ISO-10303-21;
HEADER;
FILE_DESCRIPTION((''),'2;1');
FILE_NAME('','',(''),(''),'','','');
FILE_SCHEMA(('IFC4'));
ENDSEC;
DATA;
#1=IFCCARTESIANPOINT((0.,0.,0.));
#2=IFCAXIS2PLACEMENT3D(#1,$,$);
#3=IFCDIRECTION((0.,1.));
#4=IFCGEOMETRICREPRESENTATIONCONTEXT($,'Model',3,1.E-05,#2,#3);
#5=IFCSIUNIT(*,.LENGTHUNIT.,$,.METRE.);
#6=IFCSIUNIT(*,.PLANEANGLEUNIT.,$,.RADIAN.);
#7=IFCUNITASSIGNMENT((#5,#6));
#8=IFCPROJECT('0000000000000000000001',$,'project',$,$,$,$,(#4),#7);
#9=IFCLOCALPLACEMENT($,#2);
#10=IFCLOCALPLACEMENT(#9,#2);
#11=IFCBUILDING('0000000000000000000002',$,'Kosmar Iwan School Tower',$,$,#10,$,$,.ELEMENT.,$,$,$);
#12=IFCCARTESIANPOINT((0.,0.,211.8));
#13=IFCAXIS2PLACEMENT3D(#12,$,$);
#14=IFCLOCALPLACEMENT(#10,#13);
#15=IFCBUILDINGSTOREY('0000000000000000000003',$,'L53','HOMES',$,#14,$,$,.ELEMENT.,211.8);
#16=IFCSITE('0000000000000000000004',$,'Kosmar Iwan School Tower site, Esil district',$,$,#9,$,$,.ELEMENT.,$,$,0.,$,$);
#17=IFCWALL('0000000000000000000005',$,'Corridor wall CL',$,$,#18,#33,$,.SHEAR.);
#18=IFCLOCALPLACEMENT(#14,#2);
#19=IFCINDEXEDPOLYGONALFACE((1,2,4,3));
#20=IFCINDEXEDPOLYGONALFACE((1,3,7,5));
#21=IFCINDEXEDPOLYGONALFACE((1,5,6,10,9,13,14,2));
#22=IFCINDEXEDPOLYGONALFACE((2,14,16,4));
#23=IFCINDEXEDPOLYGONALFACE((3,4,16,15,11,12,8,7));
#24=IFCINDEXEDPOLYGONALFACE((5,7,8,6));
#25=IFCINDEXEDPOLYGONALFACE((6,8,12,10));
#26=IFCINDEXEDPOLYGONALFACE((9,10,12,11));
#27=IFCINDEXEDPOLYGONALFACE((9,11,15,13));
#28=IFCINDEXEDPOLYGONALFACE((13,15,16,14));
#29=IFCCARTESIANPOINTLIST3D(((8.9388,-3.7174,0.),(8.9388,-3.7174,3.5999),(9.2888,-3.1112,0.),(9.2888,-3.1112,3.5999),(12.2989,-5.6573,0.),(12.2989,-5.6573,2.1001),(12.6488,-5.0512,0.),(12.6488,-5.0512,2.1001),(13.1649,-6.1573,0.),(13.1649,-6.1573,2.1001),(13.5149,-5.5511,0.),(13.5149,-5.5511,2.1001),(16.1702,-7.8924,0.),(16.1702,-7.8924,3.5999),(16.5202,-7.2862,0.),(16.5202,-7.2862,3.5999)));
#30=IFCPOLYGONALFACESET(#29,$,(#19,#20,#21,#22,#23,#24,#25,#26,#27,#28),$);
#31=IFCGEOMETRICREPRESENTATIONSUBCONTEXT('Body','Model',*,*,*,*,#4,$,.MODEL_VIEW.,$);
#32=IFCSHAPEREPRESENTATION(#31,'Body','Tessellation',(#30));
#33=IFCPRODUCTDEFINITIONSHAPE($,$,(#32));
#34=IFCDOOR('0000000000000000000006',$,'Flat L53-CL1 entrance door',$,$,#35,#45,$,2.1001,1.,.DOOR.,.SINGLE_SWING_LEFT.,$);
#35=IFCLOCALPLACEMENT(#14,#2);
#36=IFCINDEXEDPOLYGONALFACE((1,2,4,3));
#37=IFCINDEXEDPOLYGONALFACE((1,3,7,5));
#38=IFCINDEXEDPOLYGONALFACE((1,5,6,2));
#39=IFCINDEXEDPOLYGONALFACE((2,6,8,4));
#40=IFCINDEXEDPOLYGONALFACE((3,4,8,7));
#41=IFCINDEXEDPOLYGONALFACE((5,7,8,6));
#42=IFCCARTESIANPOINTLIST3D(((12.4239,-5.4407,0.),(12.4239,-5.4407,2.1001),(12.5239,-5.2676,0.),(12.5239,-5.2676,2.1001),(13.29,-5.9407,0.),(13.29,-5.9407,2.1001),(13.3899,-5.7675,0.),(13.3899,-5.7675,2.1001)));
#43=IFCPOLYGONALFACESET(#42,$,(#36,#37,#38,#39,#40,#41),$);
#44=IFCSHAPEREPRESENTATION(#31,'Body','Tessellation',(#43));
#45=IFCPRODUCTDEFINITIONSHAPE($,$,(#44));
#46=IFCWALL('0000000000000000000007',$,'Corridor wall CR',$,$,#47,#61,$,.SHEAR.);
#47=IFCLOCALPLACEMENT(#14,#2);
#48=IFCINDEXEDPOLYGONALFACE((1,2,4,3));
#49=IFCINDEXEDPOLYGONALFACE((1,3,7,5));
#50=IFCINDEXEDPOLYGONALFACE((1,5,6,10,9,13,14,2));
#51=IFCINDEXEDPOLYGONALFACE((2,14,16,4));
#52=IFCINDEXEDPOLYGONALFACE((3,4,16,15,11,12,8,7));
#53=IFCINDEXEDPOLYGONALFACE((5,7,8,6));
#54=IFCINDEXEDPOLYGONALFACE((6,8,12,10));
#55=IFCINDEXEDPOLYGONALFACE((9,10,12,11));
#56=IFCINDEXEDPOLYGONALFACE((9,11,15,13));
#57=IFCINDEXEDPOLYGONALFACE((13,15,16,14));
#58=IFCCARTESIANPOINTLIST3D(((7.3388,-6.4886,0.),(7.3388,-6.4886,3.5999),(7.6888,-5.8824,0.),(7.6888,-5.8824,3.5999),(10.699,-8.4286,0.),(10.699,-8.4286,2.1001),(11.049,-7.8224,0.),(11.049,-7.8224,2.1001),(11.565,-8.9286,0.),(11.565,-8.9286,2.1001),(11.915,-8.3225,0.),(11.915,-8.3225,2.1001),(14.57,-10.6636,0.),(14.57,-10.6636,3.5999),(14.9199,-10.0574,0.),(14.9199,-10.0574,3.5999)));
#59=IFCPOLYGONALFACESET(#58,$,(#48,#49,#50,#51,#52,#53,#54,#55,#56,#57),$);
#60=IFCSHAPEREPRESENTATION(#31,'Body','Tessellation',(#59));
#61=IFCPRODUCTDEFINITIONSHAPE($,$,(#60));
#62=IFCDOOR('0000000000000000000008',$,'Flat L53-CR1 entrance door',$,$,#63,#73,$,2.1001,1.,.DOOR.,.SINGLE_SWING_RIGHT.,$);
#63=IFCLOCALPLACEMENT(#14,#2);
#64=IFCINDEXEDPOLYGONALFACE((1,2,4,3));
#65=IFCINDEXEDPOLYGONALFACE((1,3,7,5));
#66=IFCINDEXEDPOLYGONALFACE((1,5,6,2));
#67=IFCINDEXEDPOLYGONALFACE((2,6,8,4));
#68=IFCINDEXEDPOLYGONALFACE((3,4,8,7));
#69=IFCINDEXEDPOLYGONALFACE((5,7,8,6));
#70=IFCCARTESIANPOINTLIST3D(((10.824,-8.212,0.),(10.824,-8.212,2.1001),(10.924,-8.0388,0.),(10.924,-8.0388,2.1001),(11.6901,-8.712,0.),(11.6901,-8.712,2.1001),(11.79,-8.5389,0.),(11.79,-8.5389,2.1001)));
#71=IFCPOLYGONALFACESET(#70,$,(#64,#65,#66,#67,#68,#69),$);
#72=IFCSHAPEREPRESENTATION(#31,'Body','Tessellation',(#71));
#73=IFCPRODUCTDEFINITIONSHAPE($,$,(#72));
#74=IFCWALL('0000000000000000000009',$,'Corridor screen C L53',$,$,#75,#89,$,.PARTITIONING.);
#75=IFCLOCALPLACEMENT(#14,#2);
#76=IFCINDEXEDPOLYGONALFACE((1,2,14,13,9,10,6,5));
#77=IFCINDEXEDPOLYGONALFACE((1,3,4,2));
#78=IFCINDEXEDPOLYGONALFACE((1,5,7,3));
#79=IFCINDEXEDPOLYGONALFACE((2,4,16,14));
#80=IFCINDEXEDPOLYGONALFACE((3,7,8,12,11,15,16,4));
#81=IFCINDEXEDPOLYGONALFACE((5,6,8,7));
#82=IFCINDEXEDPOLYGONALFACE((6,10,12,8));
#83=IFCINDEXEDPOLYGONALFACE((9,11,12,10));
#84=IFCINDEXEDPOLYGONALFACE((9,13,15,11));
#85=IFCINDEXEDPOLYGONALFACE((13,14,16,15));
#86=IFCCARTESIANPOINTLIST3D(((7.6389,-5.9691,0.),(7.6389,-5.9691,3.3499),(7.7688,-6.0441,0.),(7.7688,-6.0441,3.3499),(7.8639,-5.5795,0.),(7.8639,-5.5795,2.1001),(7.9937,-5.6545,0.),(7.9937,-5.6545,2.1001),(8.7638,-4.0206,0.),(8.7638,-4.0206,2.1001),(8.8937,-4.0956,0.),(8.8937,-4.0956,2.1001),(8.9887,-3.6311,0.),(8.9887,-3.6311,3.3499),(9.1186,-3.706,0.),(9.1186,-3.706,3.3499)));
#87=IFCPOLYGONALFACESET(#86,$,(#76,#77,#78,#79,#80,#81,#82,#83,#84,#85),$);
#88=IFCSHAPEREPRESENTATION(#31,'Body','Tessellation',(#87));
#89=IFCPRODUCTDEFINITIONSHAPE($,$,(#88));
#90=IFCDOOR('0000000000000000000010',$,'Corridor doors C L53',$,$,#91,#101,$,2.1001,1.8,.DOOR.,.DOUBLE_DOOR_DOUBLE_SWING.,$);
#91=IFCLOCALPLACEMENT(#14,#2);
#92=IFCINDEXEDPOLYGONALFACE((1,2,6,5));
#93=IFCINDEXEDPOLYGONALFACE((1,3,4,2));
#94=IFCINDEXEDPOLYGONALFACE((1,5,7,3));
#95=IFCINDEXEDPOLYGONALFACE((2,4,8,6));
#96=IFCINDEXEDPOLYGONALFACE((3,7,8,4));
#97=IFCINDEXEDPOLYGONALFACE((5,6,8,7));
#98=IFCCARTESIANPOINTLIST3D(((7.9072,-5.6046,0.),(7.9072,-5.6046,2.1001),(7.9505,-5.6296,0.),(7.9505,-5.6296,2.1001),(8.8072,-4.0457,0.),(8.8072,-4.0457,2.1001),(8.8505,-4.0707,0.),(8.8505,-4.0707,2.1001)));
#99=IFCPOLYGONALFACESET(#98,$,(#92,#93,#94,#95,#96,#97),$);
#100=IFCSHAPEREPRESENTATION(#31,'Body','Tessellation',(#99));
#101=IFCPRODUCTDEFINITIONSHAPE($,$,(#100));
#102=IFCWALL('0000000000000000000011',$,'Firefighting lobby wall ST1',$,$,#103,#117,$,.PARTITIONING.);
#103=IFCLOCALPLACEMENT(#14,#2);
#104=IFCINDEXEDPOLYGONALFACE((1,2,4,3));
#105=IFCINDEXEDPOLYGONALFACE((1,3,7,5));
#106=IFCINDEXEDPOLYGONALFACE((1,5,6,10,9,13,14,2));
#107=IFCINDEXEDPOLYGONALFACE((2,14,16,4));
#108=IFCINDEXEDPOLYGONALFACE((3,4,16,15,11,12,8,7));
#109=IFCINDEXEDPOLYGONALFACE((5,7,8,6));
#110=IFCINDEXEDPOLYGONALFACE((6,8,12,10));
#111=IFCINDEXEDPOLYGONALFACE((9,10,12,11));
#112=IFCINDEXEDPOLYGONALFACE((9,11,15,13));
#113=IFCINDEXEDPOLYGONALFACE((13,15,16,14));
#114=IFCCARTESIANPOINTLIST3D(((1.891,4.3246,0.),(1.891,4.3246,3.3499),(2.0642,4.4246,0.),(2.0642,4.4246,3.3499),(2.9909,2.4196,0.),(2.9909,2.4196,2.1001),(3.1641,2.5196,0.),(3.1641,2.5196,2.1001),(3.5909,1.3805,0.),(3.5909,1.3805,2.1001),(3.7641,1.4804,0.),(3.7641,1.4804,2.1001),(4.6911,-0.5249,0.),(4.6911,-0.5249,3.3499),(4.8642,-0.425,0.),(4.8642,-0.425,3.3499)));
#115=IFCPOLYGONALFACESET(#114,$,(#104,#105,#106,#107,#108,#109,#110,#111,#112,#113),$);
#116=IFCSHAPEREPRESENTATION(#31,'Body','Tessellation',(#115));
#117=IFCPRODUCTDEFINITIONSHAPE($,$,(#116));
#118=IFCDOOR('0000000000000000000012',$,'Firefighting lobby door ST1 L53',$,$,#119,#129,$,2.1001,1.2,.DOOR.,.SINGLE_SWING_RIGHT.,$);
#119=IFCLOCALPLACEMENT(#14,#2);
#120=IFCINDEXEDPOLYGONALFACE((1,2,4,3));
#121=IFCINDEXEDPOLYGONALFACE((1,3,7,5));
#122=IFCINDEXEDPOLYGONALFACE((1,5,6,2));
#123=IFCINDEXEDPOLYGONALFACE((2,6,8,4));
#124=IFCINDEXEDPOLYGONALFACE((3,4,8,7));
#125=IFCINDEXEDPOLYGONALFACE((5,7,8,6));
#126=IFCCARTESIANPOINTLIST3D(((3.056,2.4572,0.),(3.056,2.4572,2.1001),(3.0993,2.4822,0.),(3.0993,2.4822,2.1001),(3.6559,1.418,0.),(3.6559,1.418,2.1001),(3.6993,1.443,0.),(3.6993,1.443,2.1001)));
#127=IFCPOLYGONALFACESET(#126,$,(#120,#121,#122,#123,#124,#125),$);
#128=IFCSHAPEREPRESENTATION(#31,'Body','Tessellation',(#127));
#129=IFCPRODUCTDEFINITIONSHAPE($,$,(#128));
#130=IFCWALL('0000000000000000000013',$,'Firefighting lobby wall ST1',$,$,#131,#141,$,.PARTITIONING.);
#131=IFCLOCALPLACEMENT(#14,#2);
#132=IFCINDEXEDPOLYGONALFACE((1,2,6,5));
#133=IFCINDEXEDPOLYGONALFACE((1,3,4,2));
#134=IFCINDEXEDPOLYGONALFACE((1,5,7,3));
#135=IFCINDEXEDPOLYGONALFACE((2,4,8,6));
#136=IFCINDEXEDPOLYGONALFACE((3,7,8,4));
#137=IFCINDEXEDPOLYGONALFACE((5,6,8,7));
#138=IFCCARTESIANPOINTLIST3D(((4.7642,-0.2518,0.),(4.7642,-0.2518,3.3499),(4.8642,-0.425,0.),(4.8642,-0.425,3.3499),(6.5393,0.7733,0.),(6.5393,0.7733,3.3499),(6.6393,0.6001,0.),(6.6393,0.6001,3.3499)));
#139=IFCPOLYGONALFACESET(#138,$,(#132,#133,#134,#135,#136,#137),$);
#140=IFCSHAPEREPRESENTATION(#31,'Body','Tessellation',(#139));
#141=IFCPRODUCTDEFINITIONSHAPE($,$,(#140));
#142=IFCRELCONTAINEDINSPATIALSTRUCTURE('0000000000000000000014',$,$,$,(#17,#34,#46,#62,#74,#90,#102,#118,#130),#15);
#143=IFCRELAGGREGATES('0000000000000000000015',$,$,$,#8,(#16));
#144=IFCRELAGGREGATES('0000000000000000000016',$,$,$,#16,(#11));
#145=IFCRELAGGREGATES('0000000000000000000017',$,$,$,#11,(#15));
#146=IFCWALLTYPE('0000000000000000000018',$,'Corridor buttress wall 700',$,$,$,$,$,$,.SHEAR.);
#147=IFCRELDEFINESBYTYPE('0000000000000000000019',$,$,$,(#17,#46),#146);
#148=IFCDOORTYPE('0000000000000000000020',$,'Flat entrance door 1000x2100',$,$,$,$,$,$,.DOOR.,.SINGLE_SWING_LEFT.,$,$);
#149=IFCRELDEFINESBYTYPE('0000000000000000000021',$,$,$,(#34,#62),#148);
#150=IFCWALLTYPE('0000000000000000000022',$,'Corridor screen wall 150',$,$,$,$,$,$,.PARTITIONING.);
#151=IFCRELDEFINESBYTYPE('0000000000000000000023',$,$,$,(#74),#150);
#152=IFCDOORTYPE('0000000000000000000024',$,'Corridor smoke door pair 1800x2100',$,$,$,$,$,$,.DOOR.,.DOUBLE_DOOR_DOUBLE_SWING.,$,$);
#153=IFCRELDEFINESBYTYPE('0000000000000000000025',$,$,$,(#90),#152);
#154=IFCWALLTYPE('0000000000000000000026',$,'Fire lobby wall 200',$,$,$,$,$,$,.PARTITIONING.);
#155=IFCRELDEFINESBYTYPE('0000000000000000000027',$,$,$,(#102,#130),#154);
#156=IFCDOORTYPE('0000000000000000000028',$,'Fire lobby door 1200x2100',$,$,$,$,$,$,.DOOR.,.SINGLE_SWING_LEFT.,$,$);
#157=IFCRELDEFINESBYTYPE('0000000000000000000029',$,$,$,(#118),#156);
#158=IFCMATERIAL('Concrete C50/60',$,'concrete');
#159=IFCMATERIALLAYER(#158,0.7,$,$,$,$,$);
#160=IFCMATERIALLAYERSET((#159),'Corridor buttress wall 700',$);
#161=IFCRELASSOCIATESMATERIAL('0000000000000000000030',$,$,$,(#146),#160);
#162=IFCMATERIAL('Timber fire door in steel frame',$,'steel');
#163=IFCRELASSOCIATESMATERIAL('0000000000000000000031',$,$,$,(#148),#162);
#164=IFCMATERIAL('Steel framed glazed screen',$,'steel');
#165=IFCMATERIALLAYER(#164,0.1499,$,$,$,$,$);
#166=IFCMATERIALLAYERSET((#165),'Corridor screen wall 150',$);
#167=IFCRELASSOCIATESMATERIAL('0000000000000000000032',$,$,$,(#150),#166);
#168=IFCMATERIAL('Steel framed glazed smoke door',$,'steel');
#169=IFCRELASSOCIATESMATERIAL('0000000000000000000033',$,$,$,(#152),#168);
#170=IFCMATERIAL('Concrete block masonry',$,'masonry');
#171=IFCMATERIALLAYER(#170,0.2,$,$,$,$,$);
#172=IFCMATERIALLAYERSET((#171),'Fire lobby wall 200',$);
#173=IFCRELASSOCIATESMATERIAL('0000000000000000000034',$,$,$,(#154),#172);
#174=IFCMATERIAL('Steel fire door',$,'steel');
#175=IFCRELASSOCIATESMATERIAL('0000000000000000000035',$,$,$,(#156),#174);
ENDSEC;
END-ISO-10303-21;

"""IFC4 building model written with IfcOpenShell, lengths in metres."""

from ifc_helpers import new_model, si_unit, direction, frame, frame_2d, origin, place, context, subcontext, project, spatial, rectangle, extrude, material, layer, layer_set, type_object, element, fill, save


model = new_model("IFC4")

# Units and contexts
model_context = context("Model", 3, precision=1e-05, world=origin(), true_north=direction((0.0, 1.0)))
body_context = subcontext(model_context, "Body", "Model", "MODEL_VIEW")
ifc_project = project(units=[si_unit("LENGTHUNIT", "METRE"), si_unit("PLANEANGLEUNIT", "RADIAN")], contexts=[model_context])

# Site, building, storey
site_placement = place(None, origin())
site = spatial("IfcSite", under=ifc_project, at=site_placement, Name="Kosmar Iwan School Tower site, Esil district", CompositionType="ELEMENT", RefElevation=0.0)
building_placement = place(site_placement, origin())
building = spatial("IfcBuilding", under=site, at=building_placement, Name="Kosmar Iwan School Tower", CompositionType="ELEMENT")
storey_placement = place(building_placement, frame((0.0, 0.0, 211.8)))
storey = spatial("IfcBuildingStorey", under=building, at=storey_placement, Name="L53", Description="HOMES", CompositionType="ELEMENT", Elevation=211.8)

# Walls, openings, doors
ifc_material_1 = material(Name="Concrete C50/60", Category="concrete")
ifc_layer_1 = layer(ifc_material_1, 0.7)
ifc_layer_set_1 = layer_set([ifc_layer_1], Name="Corridor buttress wall 700")
wall_type_1 = type_object("IfcWallType", Name="Corridor buttress wall 700", PredefinedType="SHEAR", material=ifc_layer_set_1)
wall_1_placement = place(storey_placement, frame((9.1138, -3.4143, 0.0), z_axis=(0.0, 0.0, 1.0), x_axis=(0.866027, -0.499997, 0.0)))
wall_1 = element("IfcWall", 1, at=wall_1_placement, inside=storey, type_object=wall_type_1, Name="Corridor wall CL", PredefinedType="SHEAR", context=body_context, shape_type="SweptSolid", body=[
    extrude(rectangle(XDim=8.3501, YDim=0.7, at=frame_2d((4.175, 0.0))), origin(), (0.0, 0.0, 1.0), 3.5999),
])
opening_1_placement = place(wall_1_placement, frame((3.8799, 0.0, 0.0)))
opening_1 = element("IfcOpeningElement", 2, at=opening_1_placement, cuts=wall_1, PredefinedType="OPENING", context=body_context, shape_type="SweptSolid", body=[
    extrude(rectangle(XDim=1.0, YDim=2.1001, at=frame_2d((0.5, 1.05))), frame((0.0, 0.3621, 0.0), z_axis=(0.0, -1.0, 0.0), x_axis=(1.0, 0.0, 0.0)), (0.0, 0.0, 1.0), 0.7239),
])
ifc_material_2 = material(Name="Timber fire door in steel frame", Category="steel")
door_type_1 = type_object("IfcDoorType", Name="Flat entrance door 1000x2100", OperationType="SINGLE_SWING_LEFT", PredefinedType="DOOR", material=ifc_material_2)
door_1_placement = place(opening_1_placement, origin())
door_1 = element("IfcDoor", 3, at=door_1_placement, inside=storey, type_object=door_type_1, Name="Flat L53-CL1 entrance door", OperationType="SINGLE_SWING_LEFT", OverallHeight=2.1001, OverallWidth=1.0, PredefinedType="DOOR", context=body_context, shape_type="SweptSolid", body=[
    extrude(rectangle(XDim=1.0, YDim=2.1001, at=frame_2d((0.5, 1.05))), frame((0.0, 0.1001, 0.0), z_axis=(0.0, -1.0, 0.0), x_axis=(1.0, 0.0, 0.0)), (0.0, 0.0, 1.0), 0.2),
])
fill(opening_1, door_1)
wall_2_placement = place(storey_placement, frame((7.5139, -6.1855, 0.0), z_axis=(0.0, 0.0, 1.0), x_axis=(0.86602, -0.50001, 0.0)))
wall_2 = element("IfcWall", 4, at=wall_2_placement, inside=storey, type_object=wall_type_1, Name="Corridor wall CR", PredefinedType="SHEAR", context=body_context, shape_type="SweptSolid", body=[
    extrude(rectangle(XDim=8.3499, YDim=0.7, at=frame_2d((4.1748, 0.0))), origin(), (0.0, 0.0, 1.0), 3.5999),
])
opening_2_placement = place(wall_2_placement, frame((3.8799, 0.0, 0.0)))
opening_2 = element("IfcOpeningElement", 5, at=opening_2_placement, cuts=wall_2, PredefinedType="OPENING", context=body_context, shape_type="SweptSolid", body=[
    extrude(rectangle(XDim=1.0, YDim=2.1001, at=frame_2d((0.5, 1.05))), frame((0.0, 0.3621, 0.0), z_axis=(0.0, -1.0, 0.0), x_axis=(1.0, 0.0, 0.0)), (0.0, 0.0, 1.0), 0.7239),
])
door_2_placement = place(opening_2_placement, origin())
door_2 = element("IfcDoor", 6, at=door_2_placement, inside=storey, type_object=door_type_1, Name="Flat L53-CR1 entrance door", OperationType="SINGLE_SWING_RIGHT", OverallHeight=2.1001, OverallWidth=1.0, PredefinedType="DOOR", context=body_context, shape_type="SweptSolid", body=[
    extrude(rectangle(XDim=1.0, YDim=2.1001, at=frame_2d((0.5, 1.05))), frame((0.0, 0.1001, 0.0), z_axis=(0.0, -1.0, 0.0), x_axis=(1.0, 0.0, 0.0)), (0.0, 0.0, 1.0), 0.2),
])
fill(opening_2, door_2)
ifc_material_3 = material(Name="Steel framed glazed screen", Category="steel")
ifc_layer_2 = layer(ifc_material_3, 0.1499)
ifc_layer_set_2 = layer_set([ifc_layer_2], Name="Corridor screen wall 150")
wall_type_2 = type_object("IfcWallType", Name="Corridor screen wall 150", PredefinedType="PARTITIONING", material=ifc_layer_set_2)
wall_3_placement = place(storey_placement, frame((7.7039, -6.0066, 0.0), z_axis=(0.0, 0.0, 1.0), x_axis=(0.499981, 0.866037, 0.0)))
wall_3 = element("IfcWall", 7, at=wall_3_placement, inside=storey, type_object=wall_type_2, Name="Corridor screen C L53", PredefinedType="PARTITIONING", context=body_context, shape_type="SweptSolid", body=[
    extrude(rectangle(XDim=2.6997, YDim=0.1499, at=frame_2d((1.3499, 0.0))), origin(), (0.0, 0.0, 1.0), 3.3499),
])
opening_3_placement = place(wall_3_placement, frame((0.45, 0.0, 0.0)))
opening_3 = element("IfcOpeningElement", 8, at=opening_3_placement, cuts=wall_3, PredefinedType="OPENING", context=body_context, shape_type="SweptSolid", body=[
    extrude(rectangle(XDim=1.8, YDim=2.1001, at=frame_2d((0.8999, 1.05))), frame((0.0, 0.0869, 0.0), z_axis=(0.0, -1.0, 0.0), x_axis=(1.0, 0.0, 0.0)), (0.0, 0.0, 1.0), 0.1738),
])
ifc_material_4 = material(Name="Steel framed glazed smoke door", Category="steel")
door_type_2 = type_object("IfcDoorType", Name="Corridor smoke door pair 1800x2100", OperationType="DOUBLE_DOOR_DOUBLE_SWING", PredefinedType="DOOR", material=ifc_material_4)
door_3_placement = place(opening_3_placement, origin())
door_3 = element("IfcDoor", 9, at=door_3_placement, inside=storey, type_object=door_type_2, Name="Corridor doors C L53", OperationType="DOUBLE_DOOR_DOUBLE_SWING", OverallHeight=2.1001, OverallWidth=1.8, PredefinedType="DOOR", context=body_context, shape_type="SweptSolid", body=[
    extrude(rectangle(XDim=1.8, YDim=2.1001, at=frame_2d((0.8999, 1.05))), frame((0.0, 0.0249, 0.0), z_axis=(0.0, -1.0, 0.0), x_axis=(1.0, 0.0, 0.0)), (0.0, 0.0, 1.0), 0.05),
])
fill(opening_3, door_3)
ifc_material_5 = material(Name="Concrete block masonry", Category="masonry")
ifc_layer_3 = layer(ifc_material_5, 0.2)
ifc_layer_set_3 = layer_set([ifc_layer_3], Name="Fire lobby wall 200")
wall_type_3 = type_object("IfcWallType", Name="Fire lobby wall 200", PredefinedType="PARTITIONING", material=ifc_layer_set_3)
wall_4_placement = place(storey_placement, frame((4.7776, -0.4749, 0.0), z_axis=(0.0, 0.0, 1.0), x_axis=(-0.500017, 0.866016, 0.0)))
wall_4 = element("IfcWall", 10, at=wall_4_placement, inside=storey, type_object=wall_type_3, Name="Firefighting lobby wall ST1", PredefinedType="PARTITIONING", context=body_context, shape_type="SweptSolid", body=[
    extrude(rectangle(XDim=5.5999, YDim=0.2, at=frame_2d((2.7998, 0.0))), origin(), (0.0, 0.0, 1.0), 3.3499),
])
opening_4_placement = place(wall_4_placement, frame((2.2, 0.0, 0.0)))
opening_4 = element("IfcOpeningElement", 11, at=opening_4_placement, cuts=wall_4, PredefinedType="OPENING", context=body_context, shape_type="SweptSolid", body=[
    extrude(rectangle(XDim=1.2, YDim=2.1001, at=frame_2d((0.6001, 1.05))), frame((0.0, 0.1121, 0.0), z_axis=(0.0, -1.0, 0.0), x_axis=(1.0, 0.0, 0.0)), (0.0, 0.0, 1.0), 0.2239),
])
ifc_material_6 = material(Name="Steel fire door", Category="steel")
door_type_3 = type_object("IfcDoorType", Name="Fire lobby door 1200x2100", OperationType="SINGLE_SWING_LEFT", PredefinedType="DOOR", material=ifc_material_6)
door_4_placement = place(opening_4_placement, origin())
door_4 = element("IfcDoor", 12, at=door_4_placement, inside=storey, type_object=door_type_3, Name="Firefighting lobby door ST1 L53", OperationType="SINGLE_SWING_RIGHT", OverallHeight=2.1001, OverallWidth=1.2, PredefinedType="DOOR", context=body_context, shape_type="SweptSolid", body=[
    extrude(rectangle(XDim=1.2, YDim=2.1001, at=frame_2d((0.6001, 1.05))), frame((0.0, 0.0249, 0.0), z_axis=(0.0, -1.0, 0.0), x_axis=(1.0, 0.0, 0.0)), (0.0, 0.0, 1.0), 0.05),
])
fill(opening_4, door_4)

# Wall
wall_5_placement = place(storey_placement, frame((4.8142, -0.3384, 0.0), z_axis=(0.0, 0.0, 1.0), x_axis=(0.865969, 0.500097, 0.0)))
element("IfcWall", 13, at=wall_5_placement, inside=storey, type_object=wall_type_3, Name="Firefighting lobby wall ST1", PredefinedType="PARTITIONING", context=body_context, shape_type="SweptSolid", body=[
    extrude(rectangle(XDim=2.0498, YDim=0.2, at=frame_2d((1.0249, 0.0))), origin(), (0.0, 0.0, 1.0), 3.3499),
])

save(model, "model.ifc")
